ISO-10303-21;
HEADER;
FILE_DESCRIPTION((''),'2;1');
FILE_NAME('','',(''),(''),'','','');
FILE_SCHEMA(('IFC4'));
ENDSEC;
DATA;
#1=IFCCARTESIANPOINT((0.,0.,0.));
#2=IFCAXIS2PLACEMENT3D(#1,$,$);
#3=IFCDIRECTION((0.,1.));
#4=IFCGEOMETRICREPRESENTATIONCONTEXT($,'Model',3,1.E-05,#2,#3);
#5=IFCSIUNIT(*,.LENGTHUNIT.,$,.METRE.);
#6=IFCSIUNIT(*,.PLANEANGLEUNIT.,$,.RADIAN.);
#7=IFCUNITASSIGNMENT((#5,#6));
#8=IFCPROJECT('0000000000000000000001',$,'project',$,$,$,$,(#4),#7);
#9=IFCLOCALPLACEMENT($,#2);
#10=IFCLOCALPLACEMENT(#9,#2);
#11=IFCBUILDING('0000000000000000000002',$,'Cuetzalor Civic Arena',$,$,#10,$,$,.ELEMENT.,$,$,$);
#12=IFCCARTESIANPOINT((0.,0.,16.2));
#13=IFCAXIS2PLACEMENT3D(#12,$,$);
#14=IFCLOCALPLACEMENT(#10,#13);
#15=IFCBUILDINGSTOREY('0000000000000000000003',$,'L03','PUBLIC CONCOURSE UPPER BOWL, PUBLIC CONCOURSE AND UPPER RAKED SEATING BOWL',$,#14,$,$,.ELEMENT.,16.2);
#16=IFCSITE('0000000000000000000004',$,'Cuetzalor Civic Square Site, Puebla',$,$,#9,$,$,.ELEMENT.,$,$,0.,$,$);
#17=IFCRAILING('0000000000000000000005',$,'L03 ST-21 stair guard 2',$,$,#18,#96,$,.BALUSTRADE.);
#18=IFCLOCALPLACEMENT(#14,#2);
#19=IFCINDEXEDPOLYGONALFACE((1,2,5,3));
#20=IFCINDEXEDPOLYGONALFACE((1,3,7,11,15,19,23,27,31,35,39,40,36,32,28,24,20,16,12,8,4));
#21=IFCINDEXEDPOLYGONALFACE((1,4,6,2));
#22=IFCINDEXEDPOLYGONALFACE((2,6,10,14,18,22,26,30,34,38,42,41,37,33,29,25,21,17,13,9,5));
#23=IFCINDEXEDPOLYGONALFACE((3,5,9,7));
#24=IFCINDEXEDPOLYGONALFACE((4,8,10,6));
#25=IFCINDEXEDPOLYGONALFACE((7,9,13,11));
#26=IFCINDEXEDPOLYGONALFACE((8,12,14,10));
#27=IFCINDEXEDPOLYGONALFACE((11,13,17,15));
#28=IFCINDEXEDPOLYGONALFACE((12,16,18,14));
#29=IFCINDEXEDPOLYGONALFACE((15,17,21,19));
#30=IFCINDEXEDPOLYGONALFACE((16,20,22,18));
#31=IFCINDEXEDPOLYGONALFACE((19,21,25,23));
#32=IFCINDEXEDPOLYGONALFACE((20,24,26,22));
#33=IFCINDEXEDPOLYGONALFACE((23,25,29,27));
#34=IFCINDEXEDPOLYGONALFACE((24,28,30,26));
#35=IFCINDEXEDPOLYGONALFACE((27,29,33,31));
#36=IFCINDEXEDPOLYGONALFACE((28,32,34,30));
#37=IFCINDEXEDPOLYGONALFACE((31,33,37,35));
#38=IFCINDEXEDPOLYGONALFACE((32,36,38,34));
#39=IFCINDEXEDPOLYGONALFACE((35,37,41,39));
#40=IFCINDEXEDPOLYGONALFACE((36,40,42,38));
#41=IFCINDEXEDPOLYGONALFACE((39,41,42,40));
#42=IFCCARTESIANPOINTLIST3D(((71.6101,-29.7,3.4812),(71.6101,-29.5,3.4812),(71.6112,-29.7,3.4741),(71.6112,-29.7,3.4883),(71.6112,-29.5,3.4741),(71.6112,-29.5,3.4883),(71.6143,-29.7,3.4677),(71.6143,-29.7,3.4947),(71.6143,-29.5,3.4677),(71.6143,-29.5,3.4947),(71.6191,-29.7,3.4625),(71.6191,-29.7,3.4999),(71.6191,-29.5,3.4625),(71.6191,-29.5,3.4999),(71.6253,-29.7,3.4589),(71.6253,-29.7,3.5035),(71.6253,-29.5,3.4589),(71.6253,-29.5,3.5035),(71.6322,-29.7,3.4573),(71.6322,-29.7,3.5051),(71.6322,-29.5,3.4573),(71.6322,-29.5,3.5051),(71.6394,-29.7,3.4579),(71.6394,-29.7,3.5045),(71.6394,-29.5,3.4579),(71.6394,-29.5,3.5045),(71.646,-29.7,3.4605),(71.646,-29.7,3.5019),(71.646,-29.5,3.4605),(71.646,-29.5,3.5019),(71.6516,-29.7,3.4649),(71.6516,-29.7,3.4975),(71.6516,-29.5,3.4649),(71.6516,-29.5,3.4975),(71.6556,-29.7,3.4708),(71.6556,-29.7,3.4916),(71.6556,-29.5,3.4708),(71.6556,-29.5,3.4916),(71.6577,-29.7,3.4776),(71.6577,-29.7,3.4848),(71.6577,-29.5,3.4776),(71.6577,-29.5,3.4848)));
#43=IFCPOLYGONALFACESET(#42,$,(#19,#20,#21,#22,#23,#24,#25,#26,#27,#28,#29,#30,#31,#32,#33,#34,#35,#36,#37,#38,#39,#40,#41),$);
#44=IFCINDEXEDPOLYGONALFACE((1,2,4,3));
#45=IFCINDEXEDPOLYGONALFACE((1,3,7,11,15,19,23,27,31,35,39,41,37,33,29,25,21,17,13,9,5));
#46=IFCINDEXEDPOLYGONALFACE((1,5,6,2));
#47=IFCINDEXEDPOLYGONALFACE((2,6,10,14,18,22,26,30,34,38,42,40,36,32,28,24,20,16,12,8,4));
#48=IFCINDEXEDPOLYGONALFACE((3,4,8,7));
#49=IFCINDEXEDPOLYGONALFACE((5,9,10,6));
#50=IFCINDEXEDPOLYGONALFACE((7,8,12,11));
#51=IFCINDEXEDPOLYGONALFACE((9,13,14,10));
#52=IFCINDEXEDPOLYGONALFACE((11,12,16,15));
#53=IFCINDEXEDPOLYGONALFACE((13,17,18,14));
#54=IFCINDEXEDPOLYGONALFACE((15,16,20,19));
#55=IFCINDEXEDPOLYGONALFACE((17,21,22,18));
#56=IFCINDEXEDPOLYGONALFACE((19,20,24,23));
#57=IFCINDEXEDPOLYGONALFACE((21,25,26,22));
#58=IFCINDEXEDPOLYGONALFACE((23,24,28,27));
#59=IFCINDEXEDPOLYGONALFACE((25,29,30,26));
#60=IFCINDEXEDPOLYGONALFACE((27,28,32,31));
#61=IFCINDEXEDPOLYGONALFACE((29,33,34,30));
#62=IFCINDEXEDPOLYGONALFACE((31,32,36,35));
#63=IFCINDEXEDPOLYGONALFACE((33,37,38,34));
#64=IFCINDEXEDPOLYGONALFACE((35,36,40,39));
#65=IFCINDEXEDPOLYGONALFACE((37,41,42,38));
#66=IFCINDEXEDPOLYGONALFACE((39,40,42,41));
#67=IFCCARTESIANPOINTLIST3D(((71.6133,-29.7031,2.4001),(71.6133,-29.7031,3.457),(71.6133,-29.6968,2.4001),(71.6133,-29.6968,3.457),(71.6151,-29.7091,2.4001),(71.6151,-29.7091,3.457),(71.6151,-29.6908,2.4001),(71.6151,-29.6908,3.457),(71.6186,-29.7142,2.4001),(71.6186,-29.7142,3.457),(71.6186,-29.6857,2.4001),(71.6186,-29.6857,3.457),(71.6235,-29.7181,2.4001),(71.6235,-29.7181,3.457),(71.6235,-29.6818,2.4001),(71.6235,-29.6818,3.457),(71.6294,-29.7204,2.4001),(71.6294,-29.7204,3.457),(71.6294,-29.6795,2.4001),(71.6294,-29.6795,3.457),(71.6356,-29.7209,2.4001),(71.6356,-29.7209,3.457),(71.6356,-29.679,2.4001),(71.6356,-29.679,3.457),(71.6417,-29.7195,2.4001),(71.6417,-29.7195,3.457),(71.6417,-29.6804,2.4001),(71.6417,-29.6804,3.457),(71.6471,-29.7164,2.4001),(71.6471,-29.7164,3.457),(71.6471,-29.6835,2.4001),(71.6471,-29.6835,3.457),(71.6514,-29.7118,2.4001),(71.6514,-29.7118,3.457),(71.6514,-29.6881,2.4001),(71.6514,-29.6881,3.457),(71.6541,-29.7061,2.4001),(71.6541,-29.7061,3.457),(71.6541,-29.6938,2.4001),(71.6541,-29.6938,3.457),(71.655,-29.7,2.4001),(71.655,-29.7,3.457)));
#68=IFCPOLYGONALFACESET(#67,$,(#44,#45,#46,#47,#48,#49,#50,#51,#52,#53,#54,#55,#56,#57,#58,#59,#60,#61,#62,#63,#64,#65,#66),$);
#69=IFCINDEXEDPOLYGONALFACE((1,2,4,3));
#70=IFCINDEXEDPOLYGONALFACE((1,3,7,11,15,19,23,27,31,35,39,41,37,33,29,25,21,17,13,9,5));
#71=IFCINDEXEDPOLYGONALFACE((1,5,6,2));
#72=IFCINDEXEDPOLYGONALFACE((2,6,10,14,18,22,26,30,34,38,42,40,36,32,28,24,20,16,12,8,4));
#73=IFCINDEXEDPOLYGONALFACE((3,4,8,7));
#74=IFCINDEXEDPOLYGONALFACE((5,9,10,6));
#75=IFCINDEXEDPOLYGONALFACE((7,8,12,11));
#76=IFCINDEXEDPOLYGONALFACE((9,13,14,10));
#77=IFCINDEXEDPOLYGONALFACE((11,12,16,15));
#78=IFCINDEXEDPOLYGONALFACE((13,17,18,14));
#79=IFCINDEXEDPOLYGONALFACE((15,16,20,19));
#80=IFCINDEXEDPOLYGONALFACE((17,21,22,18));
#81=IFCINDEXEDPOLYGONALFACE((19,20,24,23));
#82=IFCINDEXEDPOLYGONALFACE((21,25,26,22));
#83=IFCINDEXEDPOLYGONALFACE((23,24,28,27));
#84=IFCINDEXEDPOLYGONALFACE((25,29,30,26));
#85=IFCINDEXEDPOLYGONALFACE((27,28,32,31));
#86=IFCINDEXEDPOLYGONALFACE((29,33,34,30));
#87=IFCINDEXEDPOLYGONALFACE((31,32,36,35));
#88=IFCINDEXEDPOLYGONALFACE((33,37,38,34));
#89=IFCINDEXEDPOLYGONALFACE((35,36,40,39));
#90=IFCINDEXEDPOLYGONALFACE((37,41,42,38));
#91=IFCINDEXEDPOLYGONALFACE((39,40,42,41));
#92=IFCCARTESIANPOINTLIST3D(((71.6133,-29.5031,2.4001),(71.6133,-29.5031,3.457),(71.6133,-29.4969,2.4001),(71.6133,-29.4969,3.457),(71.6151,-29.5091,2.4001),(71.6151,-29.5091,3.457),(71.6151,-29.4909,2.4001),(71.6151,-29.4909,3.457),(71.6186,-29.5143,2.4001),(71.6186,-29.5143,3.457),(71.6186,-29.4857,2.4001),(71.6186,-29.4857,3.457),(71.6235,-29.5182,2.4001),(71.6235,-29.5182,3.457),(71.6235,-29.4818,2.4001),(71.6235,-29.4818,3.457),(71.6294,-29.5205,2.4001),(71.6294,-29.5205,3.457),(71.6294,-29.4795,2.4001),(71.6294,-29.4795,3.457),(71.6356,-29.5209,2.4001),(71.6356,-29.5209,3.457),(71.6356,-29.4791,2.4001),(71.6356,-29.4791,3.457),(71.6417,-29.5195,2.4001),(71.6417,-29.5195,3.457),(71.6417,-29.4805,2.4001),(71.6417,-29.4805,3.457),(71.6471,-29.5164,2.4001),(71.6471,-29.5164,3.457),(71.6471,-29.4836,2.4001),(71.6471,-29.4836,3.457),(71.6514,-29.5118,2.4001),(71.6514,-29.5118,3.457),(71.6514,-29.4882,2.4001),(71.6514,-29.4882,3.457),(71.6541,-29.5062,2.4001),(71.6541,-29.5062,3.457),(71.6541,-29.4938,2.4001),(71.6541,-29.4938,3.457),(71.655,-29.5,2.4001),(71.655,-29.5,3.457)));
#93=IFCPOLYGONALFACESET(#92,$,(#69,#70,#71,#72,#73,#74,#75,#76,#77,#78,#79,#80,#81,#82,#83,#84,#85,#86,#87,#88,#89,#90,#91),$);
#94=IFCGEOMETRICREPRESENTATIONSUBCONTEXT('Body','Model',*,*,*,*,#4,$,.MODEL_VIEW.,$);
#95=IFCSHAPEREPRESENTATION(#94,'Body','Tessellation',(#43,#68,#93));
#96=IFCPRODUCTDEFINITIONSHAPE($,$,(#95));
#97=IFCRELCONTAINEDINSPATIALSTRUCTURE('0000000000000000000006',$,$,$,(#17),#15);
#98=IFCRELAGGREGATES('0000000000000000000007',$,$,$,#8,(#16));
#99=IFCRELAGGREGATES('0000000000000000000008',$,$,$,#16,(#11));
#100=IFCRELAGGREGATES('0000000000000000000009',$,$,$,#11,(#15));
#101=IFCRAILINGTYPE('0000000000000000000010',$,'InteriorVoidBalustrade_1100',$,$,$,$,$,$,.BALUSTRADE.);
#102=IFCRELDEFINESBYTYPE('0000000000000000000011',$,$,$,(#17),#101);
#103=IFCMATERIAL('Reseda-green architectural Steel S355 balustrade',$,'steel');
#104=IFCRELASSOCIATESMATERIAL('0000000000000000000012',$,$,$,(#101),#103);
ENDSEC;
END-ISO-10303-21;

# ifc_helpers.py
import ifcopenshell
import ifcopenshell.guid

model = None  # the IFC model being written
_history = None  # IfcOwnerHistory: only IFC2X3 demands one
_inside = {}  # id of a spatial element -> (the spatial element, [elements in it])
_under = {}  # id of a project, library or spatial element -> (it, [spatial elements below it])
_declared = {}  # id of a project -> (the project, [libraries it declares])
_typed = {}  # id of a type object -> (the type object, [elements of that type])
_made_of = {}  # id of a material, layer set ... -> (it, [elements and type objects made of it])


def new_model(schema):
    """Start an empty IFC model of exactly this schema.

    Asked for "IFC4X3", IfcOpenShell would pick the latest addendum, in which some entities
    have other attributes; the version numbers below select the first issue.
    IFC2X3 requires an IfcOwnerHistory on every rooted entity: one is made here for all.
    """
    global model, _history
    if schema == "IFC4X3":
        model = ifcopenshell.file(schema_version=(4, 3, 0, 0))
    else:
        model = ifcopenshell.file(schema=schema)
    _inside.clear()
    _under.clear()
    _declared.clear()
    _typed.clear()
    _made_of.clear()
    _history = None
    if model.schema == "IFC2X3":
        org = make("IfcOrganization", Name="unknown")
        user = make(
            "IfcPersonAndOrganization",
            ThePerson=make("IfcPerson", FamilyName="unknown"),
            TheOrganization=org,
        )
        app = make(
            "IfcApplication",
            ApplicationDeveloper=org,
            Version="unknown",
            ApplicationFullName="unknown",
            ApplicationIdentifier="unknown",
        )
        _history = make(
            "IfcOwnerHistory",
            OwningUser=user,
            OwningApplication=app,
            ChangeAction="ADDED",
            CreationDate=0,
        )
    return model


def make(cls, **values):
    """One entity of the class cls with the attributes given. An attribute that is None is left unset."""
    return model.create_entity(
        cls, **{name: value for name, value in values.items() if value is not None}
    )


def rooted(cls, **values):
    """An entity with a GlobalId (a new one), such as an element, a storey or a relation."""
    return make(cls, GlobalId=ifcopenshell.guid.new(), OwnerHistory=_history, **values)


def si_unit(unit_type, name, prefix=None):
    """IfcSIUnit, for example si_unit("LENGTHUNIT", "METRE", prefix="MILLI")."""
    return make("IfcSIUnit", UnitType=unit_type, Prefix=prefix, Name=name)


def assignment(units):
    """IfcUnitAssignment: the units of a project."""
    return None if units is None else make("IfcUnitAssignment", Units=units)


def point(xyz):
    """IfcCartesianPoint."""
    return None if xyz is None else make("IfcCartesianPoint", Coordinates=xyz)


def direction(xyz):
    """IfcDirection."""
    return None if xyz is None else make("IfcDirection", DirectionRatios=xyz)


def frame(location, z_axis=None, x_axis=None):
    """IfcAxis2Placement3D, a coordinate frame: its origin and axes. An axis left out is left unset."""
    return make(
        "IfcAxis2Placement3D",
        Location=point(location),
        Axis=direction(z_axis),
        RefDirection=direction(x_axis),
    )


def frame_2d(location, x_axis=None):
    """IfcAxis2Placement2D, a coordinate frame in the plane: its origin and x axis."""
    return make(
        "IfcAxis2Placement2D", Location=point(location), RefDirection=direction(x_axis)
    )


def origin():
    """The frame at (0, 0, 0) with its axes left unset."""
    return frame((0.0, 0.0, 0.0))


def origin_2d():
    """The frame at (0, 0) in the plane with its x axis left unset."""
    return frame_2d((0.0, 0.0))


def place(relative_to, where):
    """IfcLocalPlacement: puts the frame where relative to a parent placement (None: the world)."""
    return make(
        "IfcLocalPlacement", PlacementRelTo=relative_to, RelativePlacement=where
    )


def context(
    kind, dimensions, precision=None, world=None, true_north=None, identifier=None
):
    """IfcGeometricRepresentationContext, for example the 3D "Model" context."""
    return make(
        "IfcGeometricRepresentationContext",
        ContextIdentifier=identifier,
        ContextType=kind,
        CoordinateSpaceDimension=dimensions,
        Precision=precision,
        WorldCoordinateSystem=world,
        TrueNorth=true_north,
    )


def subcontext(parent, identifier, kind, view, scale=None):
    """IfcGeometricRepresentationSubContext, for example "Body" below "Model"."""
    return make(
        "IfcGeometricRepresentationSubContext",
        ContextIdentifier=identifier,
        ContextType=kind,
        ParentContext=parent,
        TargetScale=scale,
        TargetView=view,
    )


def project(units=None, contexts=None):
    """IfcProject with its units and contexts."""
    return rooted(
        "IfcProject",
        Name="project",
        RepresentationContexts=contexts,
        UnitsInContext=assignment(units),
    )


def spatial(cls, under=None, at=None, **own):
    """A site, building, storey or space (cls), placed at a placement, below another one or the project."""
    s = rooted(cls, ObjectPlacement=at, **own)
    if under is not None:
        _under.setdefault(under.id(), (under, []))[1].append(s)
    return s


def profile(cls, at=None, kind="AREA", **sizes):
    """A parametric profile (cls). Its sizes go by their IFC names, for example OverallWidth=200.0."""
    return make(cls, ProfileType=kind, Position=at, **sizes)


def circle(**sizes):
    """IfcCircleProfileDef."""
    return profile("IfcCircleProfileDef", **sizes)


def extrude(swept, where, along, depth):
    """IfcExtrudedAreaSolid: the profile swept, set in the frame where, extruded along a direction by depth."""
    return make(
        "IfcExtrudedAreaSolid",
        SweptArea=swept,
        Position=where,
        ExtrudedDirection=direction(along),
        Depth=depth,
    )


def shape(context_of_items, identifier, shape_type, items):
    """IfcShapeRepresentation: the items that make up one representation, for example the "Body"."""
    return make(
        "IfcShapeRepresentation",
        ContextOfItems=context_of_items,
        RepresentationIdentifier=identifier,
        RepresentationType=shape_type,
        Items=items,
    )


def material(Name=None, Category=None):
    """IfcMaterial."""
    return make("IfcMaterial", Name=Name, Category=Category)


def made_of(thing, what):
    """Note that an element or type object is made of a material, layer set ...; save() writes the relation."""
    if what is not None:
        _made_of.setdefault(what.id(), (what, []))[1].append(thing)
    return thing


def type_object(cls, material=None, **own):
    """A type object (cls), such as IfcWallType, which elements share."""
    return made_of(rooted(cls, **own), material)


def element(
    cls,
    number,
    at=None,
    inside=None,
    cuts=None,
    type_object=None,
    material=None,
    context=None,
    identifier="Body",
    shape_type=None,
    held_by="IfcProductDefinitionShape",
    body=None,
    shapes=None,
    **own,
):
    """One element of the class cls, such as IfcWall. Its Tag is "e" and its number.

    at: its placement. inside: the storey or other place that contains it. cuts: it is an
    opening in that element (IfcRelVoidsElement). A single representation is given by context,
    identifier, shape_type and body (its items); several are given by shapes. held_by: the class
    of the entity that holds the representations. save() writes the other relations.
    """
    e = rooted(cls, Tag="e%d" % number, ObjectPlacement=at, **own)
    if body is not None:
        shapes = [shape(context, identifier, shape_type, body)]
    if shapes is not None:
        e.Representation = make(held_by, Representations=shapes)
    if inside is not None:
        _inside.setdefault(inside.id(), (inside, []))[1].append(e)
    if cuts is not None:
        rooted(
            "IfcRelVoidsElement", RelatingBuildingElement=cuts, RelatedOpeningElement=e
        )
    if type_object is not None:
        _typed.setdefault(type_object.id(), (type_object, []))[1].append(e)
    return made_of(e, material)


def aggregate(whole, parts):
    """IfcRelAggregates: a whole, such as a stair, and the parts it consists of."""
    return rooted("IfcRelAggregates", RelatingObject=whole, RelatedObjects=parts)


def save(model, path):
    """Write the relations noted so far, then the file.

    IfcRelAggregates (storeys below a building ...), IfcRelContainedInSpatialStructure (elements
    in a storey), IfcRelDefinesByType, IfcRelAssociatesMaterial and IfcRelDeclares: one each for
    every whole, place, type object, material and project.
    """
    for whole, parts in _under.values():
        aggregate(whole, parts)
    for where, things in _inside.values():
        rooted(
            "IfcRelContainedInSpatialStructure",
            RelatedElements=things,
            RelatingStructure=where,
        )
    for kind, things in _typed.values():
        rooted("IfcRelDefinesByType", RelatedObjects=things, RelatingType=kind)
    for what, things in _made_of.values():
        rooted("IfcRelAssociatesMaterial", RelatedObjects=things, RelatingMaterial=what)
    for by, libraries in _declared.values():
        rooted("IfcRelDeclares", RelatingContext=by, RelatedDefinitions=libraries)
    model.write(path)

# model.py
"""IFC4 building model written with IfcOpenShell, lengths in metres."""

from ifc_helpers import new_model, si_unit, direction, frame, origin, origin_2d, place, context, subcontext, project, spatial, circle, extrude, material, type_object, element, save


model = new_model("IFC4")

# Units and contexts
model_context = context("Model", 3, precision=1e-05, world=origin(), true_north=direction((0.0, 1.0)))
body_context = subcontext(model_context, "Body", "Model", "MODEL_VIEW")
ifc_project = project(units=[si_unit("LENGTHUNIT", "METRE"), si_unit("PLANEANGLEUNIT", "RADIAN")], contexts=[model_context])

# Site, building, storey
site_placement = place(None, origin())
site = spatial("IfcSite", under=ifc_project, at=site_placement, Name="Cuetzalor Civic Square Site, Puebla", CompositionType="ELEMENT", RefElevation=0.0)
building_placement = place(site_placement, origin())
building = spatial("IfcBuilding", under=site, at=building_placement, Name="Cuetzalor Civic Arena", CompositionType="ELEMENT")
storey_placement = place(building_placement, frame((0.0, 0.0, 16.2)))
storey = spatial("IfcBuildingStorey", under=building, at=storey_placement, Name="L03", Description="PUBLIC CONCOURSE UPPER BOWL, PUBLIC CONCOURSE AND UPPER RAKED SEATING BOWL", CompositionType="ELEMENT", Elevation=16.2)

# Railing
ifc_material_1 = material(Name="Reseda-green architectural Steel S355 balustrade", Category="steel")
railing_type_1 = type_object("IfcRailingType", Name="InteriorVoidBalustrade_1100", PredefinedType="BALUSTRADE", material=ifc_material_1)
railing_1_placement = place(storey_placement, frame((71.634, -29.7, 2.4001)))
element("IfcRailing", 1, at=railing_1_placement, inside=storey, type_object=railing_type_1, Name="L03 ST-21 stair guard 2", PredefinedType="BALUSTRADE", context=body_context, shape_type="SweptSolid", body=[
    extrude(circle(Radius=0.0239, at=origin_2d()), frame((0.0, 0.0, 1.0811), z_axis=(0.0, 1.0, 0.0), x_axis=(-1.0, 0.0, 0.0)), (0.0, 0.0, 1.0), 0.2),
    extrude(circle(Radius=0.021, at=origin_2d()), origin(), (0.0, 0.0, 1.0), 1.0569),
    extrude(circle(Radius=0.021, at=origin_2d()), frame((0.0, 0.2, 0.0)), (0.0, 0.0, 1.0), 1.0569),
])

save(model, "model.ifc")
